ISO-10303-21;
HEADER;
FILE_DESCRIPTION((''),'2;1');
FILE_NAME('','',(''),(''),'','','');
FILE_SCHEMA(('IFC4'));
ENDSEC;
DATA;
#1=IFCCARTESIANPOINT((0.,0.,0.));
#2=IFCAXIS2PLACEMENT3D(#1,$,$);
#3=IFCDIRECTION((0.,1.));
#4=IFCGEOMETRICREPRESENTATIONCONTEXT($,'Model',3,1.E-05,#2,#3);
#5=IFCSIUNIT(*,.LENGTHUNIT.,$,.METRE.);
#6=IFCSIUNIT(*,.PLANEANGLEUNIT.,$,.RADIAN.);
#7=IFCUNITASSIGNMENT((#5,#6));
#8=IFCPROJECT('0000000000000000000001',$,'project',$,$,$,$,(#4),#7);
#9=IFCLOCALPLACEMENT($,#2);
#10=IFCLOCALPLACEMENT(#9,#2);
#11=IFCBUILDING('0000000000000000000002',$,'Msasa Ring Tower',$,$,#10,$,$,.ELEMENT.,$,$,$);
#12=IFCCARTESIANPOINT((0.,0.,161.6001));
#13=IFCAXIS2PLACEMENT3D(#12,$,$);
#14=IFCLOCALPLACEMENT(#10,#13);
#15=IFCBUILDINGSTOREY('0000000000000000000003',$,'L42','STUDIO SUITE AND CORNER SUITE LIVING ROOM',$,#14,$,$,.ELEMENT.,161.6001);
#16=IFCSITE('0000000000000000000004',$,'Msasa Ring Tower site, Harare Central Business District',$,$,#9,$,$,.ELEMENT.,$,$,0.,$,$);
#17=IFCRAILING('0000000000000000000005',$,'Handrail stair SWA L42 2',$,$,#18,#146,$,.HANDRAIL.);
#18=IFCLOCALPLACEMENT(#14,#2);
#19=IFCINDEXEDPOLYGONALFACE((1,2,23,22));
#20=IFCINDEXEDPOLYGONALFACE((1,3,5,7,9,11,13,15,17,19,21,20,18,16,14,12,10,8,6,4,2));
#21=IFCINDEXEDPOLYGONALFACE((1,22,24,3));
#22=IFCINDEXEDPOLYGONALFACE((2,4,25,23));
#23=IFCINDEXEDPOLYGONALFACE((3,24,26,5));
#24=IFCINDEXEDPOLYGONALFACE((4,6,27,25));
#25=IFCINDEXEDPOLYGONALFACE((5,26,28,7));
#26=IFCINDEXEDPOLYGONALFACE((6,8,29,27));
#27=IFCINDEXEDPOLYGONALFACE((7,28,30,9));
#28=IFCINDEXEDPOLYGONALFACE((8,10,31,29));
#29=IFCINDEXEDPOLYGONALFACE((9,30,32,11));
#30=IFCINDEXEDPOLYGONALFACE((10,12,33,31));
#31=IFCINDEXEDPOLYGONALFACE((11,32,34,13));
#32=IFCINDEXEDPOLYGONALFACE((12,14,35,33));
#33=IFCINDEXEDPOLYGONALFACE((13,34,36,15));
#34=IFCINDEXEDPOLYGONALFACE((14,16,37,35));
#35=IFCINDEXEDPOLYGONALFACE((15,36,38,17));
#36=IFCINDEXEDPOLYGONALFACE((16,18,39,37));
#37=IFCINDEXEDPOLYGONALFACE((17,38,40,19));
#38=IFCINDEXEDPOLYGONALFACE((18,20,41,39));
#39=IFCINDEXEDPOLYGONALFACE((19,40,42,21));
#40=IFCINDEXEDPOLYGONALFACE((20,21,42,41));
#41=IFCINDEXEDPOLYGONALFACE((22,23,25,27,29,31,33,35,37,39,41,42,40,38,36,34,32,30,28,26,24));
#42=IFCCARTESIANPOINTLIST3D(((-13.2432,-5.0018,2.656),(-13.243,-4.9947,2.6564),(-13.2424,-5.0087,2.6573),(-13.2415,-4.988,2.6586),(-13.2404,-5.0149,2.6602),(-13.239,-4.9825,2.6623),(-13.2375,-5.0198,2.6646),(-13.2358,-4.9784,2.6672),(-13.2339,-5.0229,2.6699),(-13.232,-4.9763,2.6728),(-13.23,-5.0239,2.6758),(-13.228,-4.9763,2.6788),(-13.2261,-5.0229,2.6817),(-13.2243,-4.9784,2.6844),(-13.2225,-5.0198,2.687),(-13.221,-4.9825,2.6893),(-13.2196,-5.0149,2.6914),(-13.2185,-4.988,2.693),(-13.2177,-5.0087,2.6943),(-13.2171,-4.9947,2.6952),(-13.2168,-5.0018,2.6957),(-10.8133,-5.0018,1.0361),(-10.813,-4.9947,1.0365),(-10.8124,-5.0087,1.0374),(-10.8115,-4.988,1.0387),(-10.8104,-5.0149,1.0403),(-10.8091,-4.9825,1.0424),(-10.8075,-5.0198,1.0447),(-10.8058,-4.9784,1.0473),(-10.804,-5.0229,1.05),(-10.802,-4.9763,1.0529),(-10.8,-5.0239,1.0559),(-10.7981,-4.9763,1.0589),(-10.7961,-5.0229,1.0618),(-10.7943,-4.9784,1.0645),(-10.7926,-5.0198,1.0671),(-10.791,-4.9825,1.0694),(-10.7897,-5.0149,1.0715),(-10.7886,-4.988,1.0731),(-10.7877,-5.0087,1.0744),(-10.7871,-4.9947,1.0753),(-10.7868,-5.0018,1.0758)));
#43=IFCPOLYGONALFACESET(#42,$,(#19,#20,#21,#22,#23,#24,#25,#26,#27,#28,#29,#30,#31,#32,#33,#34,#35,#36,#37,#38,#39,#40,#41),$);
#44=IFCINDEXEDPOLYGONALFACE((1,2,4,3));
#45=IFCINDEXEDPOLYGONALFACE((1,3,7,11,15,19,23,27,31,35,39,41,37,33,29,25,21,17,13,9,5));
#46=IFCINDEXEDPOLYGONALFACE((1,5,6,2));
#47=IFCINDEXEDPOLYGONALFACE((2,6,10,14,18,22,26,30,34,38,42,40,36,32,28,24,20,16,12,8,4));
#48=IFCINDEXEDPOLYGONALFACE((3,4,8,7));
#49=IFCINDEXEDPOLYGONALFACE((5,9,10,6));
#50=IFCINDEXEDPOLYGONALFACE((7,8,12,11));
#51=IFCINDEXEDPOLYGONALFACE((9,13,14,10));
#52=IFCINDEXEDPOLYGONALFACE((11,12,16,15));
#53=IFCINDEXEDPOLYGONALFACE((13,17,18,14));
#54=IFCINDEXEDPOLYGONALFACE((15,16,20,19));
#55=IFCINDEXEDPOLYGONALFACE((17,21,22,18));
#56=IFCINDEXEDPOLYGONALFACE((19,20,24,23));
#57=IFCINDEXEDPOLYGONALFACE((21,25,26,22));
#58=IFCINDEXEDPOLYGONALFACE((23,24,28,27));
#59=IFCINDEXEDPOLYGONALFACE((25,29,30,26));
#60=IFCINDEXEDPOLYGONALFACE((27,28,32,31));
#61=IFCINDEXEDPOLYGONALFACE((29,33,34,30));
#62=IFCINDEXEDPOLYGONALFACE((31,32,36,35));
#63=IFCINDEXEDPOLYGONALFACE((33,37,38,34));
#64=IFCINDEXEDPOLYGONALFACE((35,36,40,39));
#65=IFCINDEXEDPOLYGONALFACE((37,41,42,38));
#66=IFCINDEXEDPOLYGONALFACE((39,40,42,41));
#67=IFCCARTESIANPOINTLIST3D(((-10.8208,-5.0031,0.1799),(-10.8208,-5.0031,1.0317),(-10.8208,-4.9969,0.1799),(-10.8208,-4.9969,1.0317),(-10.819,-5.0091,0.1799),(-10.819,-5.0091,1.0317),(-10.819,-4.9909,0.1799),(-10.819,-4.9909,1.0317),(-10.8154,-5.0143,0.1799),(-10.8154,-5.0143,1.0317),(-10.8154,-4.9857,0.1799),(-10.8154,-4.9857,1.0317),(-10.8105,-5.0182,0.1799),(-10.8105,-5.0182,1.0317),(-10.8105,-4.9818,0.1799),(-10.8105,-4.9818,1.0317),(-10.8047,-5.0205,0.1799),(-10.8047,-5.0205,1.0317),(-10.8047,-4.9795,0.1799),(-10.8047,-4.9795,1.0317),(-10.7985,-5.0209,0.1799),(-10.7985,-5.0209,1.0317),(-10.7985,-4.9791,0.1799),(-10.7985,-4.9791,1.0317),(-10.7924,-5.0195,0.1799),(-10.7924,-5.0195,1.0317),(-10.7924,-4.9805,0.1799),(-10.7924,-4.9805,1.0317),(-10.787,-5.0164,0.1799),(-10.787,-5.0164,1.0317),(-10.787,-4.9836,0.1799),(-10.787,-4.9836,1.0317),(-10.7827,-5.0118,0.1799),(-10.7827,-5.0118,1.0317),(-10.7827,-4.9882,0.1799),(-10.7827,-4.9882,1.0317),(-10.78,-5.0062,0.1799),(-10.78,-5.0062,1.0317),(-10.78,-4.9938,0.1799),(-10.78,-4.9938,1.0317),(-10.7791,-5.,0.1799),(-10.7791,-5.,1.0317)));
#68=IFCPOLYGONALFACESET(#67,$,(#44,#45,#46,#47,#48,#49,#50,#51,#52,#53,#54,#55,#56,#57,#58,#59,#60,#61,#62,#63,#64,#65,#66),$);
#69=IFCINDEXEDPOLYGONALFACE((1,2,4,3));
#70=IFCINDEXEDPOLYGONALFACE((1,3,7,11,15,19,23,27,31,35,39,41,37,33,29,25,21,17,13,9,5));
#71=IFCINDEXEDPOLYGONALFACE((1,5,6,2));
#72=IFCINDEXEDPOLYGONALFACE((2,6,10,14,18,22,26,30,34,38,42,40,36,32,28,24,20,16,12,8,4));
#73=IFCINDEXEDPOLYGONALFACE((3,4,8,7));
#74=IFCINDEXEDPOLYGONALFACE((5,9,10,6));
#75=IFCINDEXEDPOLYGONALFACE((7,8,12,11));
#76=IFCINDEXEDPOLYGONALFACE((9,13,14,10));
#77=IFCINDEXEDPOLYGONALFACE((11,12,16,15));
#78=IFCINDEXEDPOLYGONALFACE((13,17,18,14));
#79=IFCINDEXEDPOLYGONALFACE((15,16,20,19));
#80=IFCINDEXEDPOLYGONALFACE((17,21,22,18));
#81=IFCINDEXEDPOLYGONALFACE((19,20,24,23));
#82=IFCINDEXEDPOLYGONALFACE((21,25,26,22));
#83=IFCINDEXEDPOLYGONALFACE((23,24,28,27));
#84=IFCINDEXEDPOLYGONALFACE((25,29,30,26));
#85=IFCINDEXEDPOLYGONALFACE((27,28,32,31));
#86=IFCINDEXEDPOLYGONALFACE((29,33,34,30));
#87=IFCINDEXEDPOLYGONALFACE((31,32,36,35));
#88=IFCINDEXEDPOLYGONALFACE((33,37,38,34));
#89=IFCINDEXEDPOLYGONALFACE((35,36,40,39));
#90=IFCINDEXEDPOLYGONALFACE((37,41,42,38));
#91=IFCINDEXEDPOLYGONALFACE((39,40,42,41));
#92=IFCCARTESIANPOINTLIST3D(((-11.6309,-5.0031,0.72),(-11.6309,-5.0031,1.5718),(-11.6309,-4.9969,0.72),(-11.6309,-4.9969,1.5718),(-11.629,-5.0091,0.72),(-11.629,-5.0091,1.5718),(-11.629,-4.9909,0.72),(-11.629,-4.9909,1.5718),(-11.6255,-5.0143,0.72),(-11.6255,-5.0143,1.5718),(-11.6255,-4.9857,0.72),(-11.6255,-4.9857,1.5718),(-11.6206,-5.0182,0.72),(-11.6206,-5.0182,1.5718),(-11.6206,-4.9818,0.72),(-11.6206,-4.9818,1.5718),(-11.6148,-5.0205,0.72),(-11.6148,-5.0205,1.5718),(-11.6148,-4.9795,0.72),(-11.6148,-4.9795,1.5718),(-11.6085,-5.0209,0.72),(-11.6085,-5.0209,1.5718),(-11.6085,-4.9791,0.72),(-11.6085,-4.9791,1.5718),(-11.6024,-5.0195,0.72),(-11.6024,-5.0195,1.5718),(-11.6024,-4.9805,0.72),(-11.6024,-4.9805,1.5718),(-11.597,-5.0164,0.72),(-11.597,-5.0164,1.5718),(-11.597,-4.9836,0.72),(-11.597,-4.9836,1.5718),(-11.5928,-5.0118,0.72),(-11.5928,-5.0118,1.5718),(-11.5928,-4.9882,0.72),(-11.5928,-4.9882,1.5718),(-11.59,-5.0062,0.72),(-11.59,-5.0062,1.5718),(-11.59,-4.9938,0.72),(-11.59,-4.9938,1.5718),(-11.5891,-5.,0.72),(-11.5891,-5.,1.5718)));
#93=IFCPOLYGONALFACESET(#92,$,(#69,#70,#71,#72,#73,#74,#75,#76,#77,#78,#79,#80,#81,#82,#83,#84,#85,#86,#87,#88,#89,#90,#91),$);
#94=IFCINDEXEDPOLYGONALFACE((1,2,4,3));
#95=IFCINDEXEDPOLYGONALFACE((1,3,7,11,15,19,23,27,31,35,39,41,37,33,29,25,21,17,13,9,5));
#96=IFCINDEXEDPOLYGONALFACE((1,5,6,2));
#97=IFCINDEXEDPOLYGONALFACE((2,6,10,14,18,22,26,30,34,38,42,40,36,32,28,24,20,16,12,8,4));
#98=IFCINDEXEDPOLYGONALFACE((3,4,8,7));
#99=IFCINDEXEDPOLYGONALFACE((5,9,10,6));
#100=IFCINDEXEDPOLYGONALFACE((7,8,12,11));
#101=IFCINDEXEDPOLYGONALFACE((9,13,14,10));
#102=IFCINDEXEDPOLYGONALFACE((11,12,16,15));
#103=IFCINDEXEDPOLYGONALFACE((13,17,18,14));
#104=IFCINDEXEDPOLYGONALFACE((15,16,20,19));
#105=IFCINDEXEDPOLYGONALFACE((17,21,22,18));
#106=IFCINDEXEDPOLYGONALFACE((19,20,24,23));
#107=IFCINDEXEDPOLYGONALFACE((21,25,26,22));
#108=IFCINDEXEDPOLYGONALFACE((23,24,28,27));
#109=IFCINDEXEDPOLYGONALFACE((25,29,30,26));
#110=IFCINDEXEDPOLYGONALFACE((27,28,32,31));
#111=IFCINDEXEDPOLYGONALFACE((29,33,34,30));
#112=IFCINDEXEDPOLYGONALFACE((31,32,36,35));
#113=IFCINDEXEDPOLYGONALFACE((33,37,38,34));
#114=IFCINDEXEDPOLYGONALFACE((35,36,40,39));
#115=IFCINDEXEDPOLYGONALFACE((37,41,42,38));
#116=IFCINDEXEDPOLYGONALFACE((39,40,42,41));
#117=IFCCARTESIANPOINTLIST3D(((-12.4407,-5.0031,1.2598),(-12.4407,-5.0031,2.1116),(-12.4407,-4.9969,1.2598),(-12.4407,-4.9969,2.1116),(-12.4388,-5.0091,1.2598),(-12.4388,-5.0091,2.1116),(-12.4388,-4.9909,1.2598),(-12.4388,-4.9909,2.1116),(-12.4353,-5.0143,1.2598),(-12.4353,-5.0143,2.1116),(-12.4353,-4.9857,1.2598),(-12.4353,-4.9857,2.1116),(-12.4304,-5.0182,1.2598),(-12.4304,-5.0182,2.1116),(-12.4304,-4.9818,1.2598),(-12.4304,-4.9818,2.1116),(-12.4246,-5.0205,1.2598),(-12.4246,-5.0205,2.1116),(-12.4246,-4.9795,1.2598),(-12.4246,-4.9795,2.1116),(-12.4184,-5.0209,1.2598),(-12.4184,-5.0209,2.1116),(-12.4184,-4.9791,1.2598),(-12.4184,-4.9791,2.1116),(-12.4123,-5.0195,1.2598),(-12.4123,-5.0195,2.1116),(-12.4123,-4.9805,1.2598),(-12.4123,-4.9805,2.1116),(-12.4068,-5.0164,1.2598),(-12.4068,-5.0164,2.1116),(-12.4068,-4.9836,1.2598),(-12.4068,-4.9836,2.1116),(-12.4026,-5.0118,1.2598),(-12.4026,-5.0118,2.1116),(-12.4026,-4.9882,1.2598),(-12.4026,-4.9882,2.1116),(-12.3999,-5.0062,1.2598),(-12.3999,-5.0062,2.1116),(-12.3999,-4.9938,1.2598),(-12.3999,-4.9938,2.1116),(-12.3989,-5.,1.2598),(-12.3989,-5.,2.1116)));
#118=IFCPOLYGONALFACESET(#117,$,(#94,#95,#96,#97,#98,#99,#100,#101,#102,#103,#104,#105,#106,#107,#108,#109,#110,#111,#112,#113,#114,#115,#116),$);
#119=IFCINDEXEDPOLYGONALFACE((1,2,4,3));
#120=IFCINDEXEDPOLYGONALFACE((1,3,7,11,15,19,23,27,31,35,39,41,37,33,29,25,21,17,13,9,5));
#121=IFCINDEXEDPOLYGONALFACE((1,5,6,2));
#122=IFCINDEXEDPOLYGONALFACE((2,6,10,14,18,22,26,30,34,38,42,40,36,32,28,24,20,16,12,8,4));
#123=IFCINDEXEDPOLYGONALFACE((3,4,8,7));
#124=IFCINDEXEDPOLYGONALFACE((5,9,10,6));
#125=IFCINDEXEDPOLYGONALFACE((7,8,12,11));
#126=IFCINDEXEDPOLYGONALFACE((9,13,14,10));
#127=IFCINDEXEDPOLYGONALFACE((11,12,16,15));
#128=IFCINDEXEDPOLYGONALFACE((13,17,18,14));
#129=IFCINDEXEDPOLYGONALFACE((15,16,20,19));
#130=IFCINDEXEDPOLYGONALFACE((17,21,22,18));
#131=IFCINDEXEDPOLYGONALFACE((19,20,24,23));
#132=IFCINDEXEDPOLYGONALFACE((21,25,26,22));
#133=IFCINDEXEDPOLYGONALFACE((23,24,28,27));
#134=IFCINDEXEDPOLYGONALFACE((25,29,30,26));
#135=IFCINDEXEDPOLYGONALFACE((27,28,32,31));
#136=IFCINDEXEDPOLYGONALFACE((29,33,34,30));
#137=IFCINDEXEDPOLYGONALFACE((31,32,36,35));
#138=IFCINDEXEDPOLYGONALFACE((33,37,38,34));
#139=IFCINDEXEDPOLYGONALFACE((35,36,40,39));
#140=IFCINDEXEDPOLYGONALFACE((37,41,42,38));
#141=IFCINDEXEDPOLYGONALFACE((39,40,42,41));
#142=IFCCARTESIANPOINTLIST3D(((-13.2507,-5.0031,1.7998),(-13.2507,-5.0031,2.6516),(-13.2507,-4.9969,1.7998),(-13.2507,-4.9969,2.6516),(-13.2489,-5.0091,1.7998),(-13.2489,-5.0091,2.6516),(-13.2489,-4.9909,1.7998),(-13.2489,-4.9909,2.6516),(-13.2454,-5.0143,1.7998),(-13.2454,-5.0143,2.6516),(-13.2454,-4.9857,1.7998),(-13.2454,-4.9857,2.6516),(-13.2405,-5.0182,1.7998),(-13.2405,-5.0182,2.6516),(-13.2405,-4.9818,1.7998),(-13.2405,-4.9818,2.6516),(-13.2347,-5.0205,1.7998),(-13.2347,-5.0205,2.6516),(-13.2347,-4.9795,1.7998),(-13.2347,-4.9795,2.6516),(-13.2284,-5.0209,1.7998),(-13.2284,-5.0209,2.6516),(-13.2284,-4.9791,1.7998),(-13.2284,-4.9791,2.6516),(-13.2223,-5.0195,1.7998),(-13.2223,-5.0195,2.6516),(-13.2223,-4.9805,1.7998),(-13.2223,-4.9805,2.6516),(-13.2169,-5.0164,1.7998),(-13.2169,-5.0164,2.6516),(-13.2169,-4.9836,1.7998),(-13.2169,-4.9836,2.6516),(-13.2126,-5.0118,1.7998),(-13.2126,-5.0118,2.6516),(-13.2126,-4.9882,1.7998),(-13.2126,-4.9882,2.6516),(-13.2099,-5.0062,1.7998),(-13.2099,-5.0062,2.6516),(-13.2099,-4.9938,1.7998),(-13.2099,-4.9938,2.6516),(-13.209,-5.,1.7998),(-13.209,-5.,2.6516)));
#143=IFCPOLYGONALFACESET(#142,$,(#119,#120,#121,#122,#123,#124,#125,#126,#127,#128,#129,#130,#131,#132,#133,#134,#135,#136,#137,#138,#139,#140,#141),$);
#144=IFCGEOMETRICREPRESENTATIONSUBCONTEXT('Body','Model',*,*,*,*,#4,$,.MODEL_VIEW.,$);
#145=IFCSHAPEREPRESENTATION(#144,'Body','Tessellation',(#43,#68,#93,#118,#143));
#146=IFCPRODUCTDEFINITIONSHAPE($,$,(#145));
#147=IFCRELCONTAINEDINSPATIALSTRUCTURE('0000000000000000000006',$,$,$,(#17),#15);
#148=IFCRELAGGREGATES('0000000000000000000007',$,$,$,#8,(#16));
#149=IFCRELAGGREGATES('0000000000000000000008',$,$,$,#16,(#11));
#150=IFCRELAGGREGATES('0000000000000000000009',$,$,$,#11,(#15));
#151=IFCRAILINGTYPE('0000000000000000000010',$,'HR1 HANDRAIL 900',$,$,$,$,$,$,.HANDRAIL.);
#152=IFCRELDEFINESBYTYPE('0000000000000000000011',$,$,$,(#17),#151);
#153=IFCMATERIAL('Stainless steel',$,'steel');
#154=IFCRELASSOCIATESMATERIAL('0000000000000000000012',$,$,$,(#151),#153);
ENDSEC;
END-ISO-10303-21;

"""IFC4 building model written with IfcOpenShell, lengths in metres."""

from ifc_helpers import new_model, si_unit, direction, frame, origin, origin_2d, place, context, subcontext, project, spatial, circle, extrude, material, type_object, element, save


model = new_model("IFC4")

# Units and contexts
model_context = context("Model", 3, precision=1e-05, world=origin(), true_north=direction((0.0, 1.0)))
body_context = subcontext(model_context, "Body", "Model", "MODEL_VIEW")
ifc_project = project(units=[si_unit("LENGTHUNIT", "METRE"), si_unit("PLANEANGLEUNIT", "RADIAN")], contexts=[model_context])

# Site, building, storey
site_placement = place(None, origin())
site = spatial("IfcSite", under=ifc_project, at=site_placement, Name="Msasa Ring Tower site, Harare Central Business District", CompositionType="ELEMENT", RefElevation=0.0)
building_placement = place(site_placement, origin())
building = spatial("IfcBuilding", under=site, at=building_placement, Name="Msasa Ring Tower", CompositionType="ELEMENT")
storey_placement = place(building_placement, frame((0.0, 0.0, 161.6001)))
storey = spatial("IfcBuildingStorey", under=building, at=storey_placement, Name="L42", Description="STUDIO SUITE AND CORNER SUITE LIVING ROOM", CompositionType="ELEMENT", Elevation=161.6001)

# Railing
ifc_material_1 = material(Name="Stainless steel", Category="steel")
railing_type = type_object("IfcRailingType", Name="HR1 HANDRAIL 900", PredefinedType="HANDRAIL", material=ifc_material_1)
for number, where, name in (
    (1, (-10.8, -5.0, 0.1799), "Handrail stair SWA L42 2"),
):
    element("IfcRailing", number, at=place(storey_placement, frame(where)), inside=storey, type_object=railing_type, Name=name, PredefinedType="HANDRAIL", context=body_context, shape_type="SweptSolid", body=[
        extrude(circle(Radius=0.0239, at=origin_2d()), frame((0.0, 0.0, 0.876), z_axis=(-0.832063, 0.0, 0.554681), x_axis=(0.0, -1.0, 0.0)), (0.0, 0.0, 1.0), 2.9204),
        extrude(circle(Radius=0.021, at=origin_2d()), origin(), (0.0, 0.0, 1.0), 0.8518),
        extrude(circle(Radius=0.021, at=origin_2d()), frame((-0.8101, 0.0, 0.54)), (0.0, 0.0, 1.0), 0.8518),
        extrude(circle(Radius=0.021, at=origin_2d()), frame((-1.6199, 0.0, 1.0798)), (0.0, 0.0, 1.0), 0.8518),
        extrude(circle(Radius=0.021, at=origin_2d()), frame((-2.4299, 0.0, 1.6199)), (0.0, 0.0, 1.0), 0.8518),
    ])

save(model, "model.ifc")
